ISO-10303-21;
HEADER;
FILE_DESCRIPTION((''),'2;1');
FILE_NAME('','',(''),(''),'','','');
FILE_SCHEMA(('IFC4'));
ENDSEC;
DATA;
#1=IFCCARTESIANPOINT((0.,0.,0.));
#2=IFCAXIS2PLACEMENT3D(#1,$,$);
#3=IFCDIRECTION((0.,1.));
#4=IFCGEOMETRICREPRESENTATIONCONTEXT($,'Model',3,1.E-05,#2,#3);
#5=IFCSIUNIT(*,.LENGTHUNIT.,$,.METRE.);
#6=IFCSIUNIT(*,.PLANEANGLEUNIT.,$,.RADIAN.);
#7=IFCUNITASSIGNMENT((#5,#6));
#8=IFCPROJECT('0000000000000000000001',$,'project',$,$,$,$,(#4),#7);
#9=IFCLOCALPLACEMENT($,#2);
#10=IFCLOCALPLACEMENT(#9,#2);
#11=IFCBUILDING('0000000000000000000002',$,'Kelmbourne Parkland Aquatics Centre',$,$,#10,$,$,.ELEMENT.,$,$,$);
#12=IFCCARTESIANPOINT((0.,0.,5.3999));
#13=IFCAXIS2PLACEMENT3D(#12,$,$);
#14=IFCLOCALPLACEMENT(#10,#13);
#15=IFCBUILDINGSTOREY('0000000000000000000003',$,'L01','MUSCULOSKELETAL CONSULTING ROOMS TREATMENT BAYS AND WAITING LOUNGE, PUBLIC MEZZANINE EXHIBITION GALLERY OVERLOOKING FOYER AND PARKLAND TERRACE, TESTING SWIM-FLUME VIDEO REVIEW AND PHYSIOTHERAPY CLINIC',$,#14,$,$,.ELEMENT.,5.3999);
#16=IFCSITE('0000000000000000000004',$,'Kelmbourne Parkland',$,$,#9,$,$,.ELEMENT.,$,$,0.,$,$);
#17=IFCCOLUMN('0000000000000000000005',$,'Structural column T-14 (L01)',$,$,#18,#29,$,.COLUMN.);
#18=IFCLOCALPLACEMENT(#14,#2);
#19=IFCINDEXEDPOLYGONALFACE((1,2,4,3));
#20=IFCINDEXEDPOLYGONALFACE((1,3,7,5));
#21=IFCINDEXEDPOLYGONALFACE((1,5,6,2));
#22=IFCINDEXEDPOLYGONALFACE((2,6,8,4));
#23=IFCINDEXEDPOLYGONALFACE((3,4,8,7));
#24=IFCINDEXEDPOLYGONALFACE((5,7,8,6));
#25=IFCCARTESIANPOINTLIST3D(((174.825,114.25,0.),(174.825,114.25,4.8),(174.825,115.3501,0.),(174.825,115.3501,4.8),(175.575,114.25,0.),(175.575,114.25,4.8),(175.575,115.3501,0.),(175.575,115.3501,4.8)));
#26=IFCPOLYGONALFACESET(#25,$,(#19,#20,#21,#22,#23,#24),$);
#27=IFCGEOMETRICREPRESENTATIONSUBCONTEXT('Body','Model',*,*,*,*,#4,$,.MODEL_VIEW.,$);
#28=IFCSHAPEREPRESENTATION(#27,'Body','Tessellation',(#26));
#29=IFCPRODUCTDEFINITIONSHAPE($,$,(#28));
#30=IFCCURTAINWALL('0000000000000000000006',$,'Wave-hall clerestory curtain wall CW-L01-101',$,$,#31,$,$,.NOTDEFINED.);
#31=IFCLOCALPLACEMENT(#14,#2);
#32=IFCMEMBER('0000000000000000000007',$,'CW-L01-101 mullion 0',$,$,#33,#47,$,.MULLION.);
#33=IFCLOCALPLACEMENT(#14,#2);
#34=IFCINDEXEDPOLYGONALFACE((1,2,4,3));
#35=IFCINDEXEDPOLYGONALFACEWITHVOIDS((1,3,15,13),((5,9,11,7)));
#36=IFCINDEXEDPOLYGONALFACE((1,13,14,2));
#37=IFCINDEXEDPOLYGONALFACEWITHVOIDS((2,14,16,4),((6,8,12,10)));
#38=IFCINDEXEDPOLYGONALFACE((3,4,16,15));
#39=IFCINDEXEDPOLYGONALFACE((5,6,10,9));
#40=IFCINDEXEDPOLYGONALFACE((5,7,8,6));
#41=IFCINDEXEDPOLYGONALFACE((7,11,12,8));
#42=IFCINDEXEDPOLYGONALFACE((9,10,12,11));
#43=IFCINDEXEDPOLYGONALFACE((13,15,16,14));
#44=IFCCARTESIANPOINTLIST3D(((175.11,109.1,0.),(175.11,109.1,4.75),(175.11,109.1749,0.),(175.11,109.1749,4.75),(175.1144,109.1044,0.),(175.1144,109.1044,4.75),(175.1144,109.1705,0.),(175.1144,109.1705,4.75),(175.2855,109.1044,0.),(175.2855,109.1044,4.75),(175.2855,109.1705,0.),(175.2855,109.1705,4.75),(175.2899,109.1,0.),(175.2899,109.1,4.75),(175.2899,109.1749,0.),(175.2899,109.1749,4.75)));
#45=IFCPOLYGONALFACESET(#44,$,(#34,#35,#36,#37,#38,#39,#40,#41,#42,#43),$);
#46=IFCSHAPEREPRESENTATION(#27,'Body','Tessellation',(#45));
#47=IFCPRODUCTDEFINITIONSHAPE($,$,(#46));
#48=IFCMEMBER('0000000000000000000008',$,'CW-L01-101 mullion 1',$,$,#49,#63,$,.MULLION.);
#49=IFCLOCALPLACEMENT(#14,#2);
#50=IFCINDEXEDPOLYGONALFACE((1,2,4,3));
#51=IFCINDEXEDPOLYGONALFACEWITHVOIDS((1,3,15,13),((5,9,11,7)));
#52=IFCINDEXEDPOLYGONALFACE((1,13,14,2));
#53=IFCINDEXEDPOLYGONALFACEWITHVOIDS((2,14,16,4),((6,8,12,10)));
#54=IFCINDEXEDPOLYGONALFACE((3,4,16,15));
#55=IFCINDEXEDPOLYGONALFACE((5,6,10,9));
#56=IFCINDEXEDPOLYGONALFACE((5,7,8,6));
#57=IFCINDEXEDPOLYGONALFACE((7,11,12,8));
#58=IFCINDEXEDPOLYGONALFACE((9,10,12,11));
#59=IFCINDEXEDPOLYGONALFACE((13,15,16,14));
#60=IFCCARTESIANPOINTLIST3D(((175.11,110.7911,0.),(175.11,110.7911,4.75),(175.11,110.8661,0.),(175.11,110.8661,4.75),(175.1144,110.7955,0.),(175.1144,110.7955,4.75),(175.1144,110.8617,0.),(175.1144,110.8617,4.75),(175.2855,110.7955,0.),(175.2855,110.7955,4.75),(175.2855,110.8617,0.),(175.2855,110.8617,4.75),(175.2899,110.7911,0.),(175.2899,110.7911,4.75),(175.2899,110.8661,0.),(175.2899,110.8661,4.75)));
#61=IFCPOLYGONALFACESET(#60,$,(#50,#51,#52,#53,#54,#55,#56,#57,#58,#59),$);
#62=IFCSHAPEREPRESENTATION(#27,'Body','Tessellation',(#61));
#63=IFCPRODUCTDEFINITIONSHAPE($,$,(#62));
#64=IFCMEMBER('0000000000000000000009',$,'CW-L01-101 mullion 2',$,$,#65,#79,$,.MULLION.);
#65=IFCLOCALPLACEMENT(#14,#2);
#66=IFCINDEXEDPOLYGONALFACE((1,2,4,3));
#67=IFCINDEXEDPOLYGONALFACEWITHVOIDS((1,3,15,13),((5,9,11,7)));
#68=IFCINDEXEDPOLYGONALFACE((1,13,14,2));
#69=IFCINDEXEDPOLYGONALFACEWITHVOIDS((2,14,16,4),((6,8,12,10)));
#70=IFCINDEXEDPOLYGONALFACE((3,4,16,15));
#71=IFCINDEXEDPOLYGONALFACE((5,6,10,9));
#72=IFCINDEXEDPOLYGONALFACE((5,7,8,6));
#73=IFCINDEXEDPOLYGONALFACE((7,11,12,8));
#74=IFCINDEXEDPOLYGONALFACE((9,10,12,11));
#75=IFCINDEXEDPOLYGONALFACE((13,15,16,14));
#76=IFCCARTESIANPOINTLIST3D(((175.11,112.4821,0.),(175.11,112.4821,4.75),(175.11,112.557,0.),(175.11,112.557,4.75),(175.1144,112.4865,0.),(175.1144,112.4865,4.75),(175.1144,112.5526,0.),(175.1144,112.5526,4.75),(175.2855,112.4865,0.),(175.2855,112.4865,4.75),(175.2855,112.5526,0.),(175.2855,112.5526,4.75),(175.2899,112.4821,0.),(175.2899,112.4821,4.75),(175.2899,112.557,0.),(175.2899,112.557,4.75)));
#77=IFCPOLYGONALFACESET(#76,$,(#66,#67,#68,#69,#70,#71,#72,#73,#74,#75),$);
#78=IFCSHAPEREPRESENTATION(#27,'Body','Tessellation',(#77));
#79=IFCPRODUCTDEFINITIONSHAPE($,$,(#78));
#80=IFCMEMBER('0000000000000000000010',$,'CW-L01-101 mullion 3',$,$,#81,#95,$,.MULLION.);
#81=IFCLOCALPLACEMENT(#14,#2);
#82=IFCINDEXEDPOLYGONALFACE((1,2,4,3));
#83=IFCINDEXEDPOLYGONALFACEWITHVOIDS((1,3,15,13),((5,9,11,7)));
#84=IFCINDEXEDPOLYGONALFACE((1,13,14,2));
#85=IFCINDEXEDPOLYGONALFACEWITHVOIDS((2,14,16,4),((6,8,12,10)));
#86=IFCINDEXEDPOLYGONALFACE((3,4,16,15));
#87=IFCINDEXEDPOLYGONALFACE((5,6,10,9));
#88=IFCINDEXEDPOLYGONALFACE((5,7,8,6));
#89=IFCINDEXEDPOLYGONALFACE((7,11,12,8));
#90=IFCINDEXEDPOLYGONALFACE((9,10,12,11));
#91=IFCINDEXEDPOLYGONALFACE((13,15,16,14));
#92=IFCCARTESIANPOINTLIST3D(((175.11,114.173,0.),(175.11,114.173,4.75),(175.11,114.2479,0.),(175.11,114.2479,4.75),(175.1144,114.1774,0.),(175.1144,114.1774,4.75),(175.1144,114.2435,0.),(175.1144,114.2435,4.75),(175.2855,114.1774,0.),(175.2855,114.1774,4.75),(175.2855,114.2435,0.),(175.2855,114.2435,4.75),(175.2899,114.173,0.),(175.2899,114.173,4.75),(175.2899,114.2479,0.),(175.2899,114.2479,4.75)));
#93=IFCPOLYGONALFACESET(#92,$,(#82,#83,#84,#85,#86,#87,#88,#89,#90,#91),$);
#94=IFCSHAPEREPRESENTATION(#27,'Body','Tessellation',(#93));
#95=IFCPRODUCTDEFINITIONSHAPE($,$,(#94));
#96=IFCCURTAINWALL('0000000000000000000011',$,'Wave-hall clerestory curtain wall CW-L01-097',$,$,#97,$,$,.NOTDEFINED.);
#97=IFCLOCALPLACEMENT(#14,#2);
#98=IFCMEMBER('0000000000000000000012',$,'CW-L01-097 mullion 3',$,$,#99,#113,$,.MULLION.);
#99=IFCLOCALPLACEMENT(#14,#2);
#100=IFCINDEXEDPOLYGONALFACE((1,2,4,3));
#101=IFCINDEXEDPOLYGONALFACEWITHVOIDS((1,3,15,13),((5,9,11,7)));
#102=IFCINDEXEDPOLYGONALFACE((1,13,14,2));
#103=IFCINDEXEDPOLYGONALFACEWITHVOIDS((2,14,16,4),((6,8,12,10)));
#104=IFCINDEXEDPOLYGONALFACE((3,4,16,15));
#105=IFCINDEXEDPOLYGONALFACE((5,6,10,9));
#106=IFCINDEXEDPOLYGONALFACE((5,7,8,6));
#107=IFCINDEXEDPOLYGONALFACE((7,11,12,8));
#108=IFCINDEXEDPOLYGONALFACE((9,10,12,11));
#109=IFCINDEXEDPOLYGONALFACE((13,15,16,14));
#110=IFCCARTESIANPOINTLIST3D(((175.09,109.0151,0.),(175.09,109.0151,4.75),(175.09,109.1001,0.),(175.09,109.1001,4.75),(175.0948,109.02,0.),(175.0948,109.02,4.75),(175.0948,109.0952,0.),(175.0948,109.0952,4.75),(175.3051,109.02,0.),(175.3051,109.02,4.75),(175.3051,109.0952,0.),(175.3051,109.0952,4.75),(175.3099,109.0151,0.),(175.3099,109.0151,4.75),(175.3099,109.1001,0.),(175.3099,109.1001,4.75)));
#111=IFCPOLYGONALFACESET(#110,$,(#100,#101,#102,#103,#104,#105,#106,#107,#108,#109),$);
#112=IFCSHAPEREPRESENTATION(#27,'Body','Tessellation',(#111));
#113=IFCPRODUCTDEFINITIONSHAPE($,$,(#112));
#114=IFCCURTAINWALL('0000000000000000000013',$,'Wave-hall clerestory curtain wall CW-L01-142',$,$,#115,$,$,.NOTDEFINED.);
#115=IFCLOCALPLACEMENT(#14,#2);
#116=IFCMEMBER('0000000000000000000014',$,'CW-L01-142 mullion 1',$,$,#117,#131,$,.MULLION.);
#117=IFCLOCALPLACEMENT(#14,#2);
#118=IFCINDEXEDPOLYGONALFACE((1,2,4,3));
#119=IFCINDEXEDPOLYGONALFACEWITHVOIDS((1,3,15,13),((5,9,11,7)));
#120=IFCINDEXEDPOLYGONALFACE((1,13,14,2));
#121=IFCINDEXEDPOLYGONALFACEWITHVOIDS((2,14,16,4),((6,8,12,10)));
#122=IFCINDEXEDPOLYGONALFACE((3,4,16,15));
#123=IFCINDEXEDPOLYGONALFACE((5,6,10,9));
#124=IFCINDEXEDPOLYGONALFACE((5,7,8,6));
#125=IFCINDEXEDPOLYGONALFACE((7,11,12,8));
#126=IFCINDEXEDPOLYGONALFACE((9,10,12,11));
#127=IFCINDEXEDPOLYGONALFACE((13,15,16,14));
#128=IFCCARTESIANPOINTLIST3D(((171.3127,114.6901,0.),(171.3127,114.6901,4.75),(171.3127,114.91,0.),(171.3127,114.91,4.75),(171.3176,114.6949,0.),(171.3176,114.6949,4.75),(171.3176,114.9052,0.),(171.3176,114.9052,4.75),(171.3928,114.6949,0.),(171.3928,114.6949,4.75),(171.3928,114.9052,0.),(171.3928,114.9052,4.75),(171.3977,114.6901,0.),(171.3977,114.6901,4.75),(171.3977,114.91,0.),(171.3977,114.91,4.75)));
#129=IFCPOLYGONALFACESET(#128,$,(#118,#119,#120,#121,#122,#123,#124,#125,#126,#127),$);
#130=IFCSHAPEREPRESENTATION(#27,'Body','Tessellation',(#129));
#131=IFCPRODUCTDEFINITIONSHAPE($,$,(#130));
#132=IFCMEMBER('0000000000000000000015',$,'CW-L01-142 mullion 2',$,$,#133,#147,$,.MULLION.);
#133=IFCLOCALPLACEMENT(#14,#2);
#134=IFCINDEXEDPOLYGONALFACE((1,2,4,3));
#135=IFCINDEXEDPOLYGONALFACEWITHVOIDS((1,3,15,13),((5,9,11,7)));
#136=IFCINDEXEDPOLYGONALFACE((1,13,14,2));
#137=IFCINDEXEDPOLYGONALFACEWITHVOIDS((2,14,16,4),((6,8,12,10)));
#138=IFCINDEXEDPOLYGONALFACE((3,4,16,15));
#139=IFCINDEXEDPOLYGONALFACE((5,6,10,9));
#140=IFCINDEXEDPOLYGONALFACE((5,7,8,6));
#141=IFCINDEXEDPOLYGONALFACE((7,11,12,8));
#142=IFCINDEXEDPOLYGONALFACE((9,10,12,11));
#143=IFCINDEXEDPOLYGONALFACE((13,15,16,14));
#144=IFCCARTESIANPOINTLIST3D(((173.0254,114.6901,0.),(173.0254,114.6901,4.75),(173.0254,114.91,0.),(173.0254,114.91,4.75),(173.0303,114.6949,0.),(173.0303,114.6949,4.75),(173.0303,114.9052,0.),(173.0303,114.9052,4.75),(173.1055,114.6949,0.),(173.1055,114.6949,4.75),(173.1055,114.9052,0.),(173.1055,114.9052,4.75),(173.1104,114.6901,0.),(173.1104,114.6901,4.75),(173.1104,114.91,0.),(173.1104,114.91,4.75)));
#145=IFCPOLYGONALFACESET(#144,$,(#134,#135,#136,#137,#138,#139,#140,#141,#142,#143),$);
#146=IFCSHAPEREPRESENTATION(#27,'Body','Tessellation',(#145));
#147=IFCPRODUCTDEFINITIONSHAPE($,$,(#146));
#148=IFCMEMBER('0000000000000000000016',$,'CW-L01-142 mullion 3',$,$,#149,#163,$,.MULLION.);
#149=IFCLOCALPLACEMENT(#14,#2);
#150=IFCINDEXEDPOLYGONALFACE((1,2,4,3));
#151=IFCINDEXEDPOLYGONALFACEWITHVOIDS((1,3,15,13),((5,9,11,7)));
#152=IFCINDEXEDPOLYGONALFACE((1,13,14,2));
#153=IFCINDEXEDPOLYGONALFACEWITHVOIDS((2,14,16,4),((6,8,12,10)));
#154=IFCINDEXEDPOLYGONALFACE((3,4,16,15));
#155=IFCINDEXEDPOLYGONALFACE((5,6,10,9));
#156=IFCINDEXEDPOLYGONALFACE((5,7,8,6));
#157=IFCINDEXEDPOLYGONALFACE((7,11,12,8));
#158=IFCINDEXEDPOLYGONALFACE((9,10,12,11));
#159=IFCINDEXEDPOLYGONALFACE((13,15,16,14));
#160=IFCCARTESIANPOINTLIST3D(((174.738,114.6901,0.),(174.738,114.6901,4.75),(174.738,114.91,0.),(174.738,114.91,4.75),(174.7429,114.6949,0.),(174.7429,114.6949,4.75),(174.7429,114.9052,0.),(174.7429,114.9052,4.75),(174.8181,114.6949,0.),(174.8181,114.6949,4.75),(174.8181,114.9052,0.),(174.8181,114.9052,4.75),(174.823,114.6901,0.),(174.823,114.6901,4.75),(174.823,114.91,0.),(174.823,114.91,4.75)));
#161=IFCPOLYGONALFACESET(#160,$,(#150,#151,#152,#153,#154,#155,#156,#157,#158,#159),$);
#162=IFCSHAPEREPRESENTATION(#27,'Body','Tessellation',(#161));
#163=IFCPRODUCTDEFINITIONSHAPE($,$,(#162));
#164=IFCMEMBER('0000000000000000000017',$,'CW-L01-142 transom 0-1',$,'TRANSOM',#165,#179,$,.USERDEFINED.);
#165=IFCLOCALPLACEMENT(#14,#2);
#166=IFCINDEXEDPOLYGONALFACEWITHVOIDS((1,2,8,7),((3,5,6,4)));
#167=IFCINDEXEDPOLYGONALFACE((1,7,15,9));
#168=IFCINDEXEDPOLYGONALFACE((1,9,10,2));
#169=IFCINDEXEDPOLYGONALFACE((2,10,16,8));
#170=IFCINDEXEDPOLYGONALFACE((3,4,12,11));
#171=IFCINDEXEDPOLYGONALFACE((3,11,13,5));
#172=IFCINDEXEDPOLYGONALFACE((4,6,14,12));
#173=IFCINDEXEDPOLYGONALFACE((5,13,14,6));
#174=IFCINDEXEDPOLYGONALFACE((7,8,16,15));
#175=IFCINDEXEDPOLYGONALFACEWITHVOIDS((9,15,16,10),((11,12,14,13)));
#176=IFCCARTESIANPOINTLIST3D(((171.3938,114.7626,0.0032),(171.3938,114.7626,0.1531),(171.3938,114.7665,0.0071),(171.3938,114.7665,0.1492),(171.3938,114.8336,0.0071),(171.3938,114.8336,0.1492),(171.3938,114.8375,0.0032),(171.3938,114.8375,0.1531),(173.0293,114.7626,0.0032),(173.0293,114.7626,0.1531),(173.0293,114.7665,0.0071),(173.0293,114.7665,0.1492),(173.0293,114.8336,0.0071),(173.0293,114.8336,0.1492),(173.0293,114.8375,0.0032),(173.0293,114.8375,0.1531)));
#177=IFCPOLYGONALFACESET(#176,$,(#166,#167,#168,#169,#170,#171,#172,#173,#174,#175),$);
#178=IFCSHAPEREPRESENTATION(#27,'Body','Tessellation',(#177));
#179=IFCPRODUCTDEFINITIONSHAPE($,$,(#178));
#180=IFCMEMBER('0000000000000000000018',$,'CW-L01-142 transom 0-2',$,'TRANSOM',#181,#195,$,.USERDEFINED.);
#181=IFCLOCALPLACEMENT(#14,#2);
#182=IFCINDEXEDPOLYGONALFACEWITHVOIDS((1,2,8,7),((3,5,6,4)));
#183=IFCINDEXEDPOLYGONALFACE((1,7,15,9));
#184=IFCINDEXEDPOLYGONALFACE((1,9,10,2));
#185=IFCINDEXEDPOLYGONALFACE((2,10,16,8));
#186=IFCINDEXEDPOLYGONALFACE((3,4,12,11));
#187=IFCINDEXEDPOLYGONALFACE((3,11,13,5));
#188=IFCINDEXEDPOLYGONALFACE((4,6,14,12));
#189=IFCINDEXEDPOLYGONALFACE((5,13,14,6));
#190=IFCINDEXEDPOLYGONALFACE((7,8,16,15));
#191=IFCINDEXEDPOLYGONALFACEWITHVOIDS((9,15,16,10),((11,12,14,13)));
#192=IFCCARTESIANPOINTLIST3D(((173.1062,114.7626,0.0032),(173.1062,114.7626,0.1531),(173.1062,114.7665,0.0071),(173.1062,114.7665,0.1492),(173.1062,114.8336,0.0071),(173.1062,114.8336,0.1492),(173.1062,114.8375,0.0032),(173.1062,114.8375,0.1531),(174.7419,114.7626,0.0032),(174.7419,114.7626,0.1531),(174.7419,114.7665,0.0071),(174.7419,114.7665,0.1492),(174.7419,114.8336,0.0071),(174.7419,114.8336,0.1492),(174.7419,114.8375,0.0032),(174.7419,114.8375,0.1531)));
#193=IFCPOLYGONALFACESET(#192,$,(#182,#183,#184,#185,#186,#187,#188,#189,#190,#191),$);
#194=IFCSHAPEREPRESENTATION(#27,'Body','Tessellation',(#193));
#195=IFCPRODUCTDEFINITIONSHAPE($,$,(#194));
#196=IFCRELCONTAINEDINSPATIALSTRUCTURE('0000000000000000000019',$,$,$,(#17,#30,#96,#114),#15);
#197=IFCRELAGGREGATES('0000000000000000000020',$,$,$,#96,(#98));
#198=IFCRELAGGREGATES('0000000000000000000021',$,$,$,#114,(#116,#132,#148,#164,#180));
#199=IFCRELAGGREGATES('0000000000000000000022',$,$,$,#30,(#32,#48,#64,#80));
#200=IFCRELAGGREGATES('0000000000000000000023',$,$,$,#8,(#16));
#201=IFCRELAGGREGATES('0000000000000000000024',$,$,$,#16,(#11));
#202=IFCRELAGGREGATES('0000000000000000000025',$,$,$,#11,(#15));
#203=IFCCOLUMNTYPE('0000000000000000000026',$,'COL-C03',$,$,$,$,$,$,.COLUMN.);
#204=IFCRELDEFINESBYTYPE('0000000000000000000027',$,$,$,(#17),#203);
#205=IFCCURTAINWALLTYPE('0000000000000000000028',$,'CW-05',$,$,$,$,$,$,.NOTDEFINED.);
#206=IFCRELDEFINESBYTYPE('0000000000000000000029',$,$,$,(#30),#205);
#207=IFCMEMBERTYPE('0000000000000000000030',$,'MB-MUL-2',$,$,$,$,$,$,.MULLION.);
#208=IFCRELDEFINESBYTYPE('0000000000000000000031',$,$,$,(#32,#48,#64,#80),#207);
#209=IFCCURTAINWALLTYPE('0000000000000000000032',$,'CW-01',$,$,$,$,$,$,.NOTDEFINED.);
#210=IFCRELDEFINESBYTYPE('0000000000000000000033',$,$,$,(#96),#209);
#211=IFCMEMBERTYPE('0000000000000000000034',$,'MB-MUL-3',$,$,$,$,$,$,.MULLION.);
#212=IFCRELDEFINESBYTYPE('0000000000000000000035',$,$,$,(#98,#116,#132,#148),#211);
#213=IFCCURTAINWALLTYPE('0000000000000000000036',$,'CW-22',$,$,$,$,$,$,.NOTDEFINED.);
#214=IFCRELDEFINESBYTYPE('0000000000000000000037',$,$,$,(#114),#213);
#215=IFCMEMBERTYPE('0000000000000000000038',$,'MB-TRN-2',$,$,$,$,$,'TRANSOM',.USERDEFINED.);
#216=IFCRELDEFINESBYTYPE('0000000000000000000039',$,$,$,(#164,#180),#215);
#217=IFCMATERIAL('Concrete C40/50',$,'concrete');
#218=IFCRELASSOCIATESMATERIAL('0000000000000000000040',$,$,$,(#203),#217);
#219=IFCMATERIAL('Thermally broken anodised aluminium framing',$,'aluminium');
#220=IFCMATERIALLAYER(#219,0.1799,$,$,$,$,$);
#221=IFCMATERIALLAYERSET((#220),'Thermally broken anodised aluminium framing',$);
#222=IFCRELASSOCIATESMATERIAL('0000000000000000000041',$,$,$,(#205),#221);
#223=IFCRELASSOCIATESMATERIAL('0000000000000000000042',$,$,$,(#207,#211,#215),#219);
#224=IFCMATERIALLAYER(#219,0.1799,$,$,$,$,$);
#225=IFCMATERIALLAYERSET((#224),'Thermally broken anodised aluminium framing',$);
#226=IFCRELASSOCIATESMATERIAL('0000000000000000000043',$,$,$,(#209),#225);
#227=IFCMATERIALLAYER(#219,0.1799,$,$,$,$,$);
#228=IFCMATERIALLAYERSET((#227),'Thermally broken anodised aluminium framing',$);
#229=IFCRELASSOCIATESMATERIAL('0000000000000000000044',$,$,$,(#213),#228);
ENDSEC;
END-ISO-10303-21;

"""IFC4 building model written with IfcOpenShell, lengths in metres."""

from ifc_helpers import new_model, si_unit, direction, frame, origin, origin_2d, place, context, subcontext, project, spatial, rectangle, hollow_rectangle, extrude, material, layer, layer_set, material_profile, profile_set, type_object, element, aggregate, save


model = new_model("IFC4")

# Units and contexts
model_context = context("Model", 3, precision=1e-05, world=origin(), true_north=direction((0.0, 1.0)))
body_context = subcontext(model_context, "Body", "Model", "MODEL_VIEW")
ifc_project = project(units=[si_unit("LENGTHUNIT", "METRE"), si_unit("PLANEANGLEUNIT", "RADIAN")], contexts=[model_context])

# Site, building, storey
site_placement = place(None, origin())
site = spatial("IfcSite", under=ifc_project, at=site_placement, Name="Kelmbourne Parkland", CompositionType="ELEMENT", RefElevation=0.0)
building_placement = place(site_placement, origin())
building = spatial("IfcBuilding", under=site, at=building_placement, Name="Kelmbourne Parkland Aquatics Centre", CompositionType="ELEMENT")
storey_placement = place(building_placement, frame((0.0, 0.0, 5.3999)))
storey = spatial("IfcBuildingStorey", under=building, at=storey_placement, Name="L01", Description="MUSCULOSKELETAL CONSULTING ROOMS TREATMENT BAYS AND WAITING LOUNGE, PUBLIC MEZZANINE EXHIBITION GALLERY OVERLOOKING FOYER AND PARKLAND TERRACE, TESTING SWIM-FLUME VIDEO REVIEW AND PHYSIOTHERAPY CLINIC", CompositionType="ELEMENT", Elevation=5.3999)

# Column
ifc_material_1 = material(Name="Concrete C40/50", Category="concrete")
ifc_material_profile_1 = material_profile(ifc_material_1, rectangle(XDim=0.75, YDim=1.1001, at=origin_2d()), Name="RC 750x1100")
ifc_profile_set_1 = profile_set([ifc_material_profile_1], Name="Concrete C40/50")
column_type = type_object("IfcColumnType", Name="COL-C03", PredefinedType="COLUMN", material=ifc_profile_set_1)
column_placement = place(storey_placement, frame((175.2, 114.8, 0.0), z_axis=(0.0, 0.0, 1.0), x_axis=(1.0, 0.0, 0.0)))
element("IfcColumn", 1, at=column_placement, inside=storey, type_object=column_type, Name="Structural column T-14 (L01)", PredefinedType="COLUMN", context=body_context, shape_type="SweptSolid", body=[
    extrude(rectangle(XDim=0.75, YDim=1.1001, at=origin_2d()), origin(), (0.0, 0.0, 1.0), 4.8),
])

# Curtain wall, members
ifc_material_2 = material(Name="Thermally broken anodised aluminium framing", Category="aluminium")
ifc_layer_1 = layer(ifc_material_2, 0.1799)
ifc_layer_set_1 = layer_set([ifc_layer_1], Name="Thermally broken anodised aluminium framing")
curtain_wall_type_1 = type_object("IfcCurtainWallType", Name="CW-05", PredefinedType="NOTDEFINED", material=ifc_layer_set_1)
curtain_wall_1_placement = place(storey_placement, origin())
curtain_wall_1 = element("IfcCurtainWall", 2, at=curtain_wall_1_placement, inside=storey, type_object=curtain_wall_type_1, Name="Wave-hall clerestory curtain wall CW-L01-101", PredefinedType="NOTDEFINED")
ifc_material_profile_2 = material_profile(ifc_material_2, hollow_rectangle(XDim=0.075, YDim=0.1799, WallThickness=0.0044, at=origin_2d()), Name="CW-M 75x180")
ifc_profile_set_2 = profile_set([ifc_material_profile_2], Name="Thermally broken anodised aluminium framing")
member_type_1 = type_object("IfcMemberType", Name="MB-MUL-2", PredefinedType="MULLION", material=ifc_profile_set_2)
member_1_placement = place(storey_placement, frame((175.2, 109.1375, 0.0), z_axis=(0.0, 0.0, 1.0), x_axis=(0.0, 1.0, 0.0)))
member_1 = element("IfcMember", 3, at=member_1_placement, type_object=member_type_1, Name="CW-L01-101 mullion 0", PredefinedType="MULLION", context=body_context, shape_type="SweptSolid", body=[
    extrude(hollow_rectangle(XDim=0.075, YDim=0.1799, WallThickness=0.0044, at=origin_2d()), origin(), (0.0, 0.0, 1.0), 4.75),
])
member_2_placement = place(storey_placement, frame((175.2, 110.8286, 0.0), z_axis=(0.0, 0.0, 1.0), x_axis=(0.0, 1.0, 0.0)))
member_2 = element("IfcMember", 4, at=member_2_placement, type_object=member_type_1, Name="CW-L01-101 mullion 1", PredefinedType="MULLION", context=body_context, shape_type="SweptSolid", body=[
    extrude(hollow_rectangle(XDim=0.075, YDim=0.1799, WallThickness=0.0044, at=origin_2d()), origin(), (0.0, 0.0, 1.0), 4.75),
])
member_3_placement = place(storey_placement, frame((175.2, 112.5195, 0.0), z_axis=(0.0, 0.0, 1.0), x_axis=(0.0, 1.0, 0.0)))
member_3 = element("IfcMember", 5, at=member_3_placement, type_object=member_type_1, Name="CW-L01-101 mullion 2", PredefinedType="MULLION", context=body_context, shape_type="SweptSolid", body=[
    extrude(hollow_rectangle(XDim=0.075, YDim=0.1799, WallThickness=0.0044, at=origin_2d()), origin(), (0.0, 0.0, 1.0), 4.75),
])
member_4_placement = place(storey_placement, frame((175.2, 114.2104, 0.0), z_axis=(0.0, 0.0, 1.0), x_axis=(0.0, 1.0, 0.0)))
member_4 = element("IfcMember", 6, at=member_4_placement, type_object=member_type_1, Name="CW-L01-101 mullion 3", PredefinedType="MULLION", context=body_context, shape_type="SweptSolid", body=[
    extrude(hollow_rectangle(XDim=0.075, YDim=0.1799, WallThickness=0.0044, at=origin_2d()), origin(), (0.0, 0.0, 1.0), 4.75),
])

# Curtain wall, member
ifc_layer_2 = layer(ifc_material_2, 0.1799)
ifc_layer_set_2 = layer_set([ifc_layer_2], Name="Thermally broken anodised aluminium framing")
curtain_wall_type_2 = type_object("IfcCurtainWallType", Name="CW-01", PredefinedType="NOTDEFINED", material=ifc_layer_set_2)
curtain_wall_2_placement = place(storey_placement, origin())
curtain_wall_2 = element("IfcCurtainWall", 7, at=curtain_wall_2_placement, inside=storey, type_object=curtain_wall_type_2, Name="Wave-hall clerestory curtain wall CW-L01-097", PredefinedType="NOTDEFINED")
ifc_material_profile_3 = material_profile(ifc_material_2, hollow_rectangle(XDim=0.085, YDim=0.22, WallThickness=0.0049, at=origin_2d()), Name="CW-M 85x220")
ifc_profile_set_3 = profile_set([ifc_material_profile_3], Name="Thermally broken anodised aluminium framing")
member_type_2 = type_object("IfcMemberType", Name="MB-MUL-3", PredefinedType="MULLION", material=ifc_profile_set_3)
member_5_placement = place(storey_placement, frame((175.2, 109.0576, 0.0), z_axis=(0.0, 0.0, 1.0), x_axis=(0.0, 1.0, 0.0)))
member_5 = element("IfcMember", 8, at=member_5_placement, type_object=member_type_2, Name="CW-L01-097 mullion 3", PredefinedType="MULLION", context=body_context, shape_type="SweptSolid", body=[
    extrude(hollow_rectangle(XDim=0.085, YDim=0.22, WallThickness=0.0049, at=origin_2d()), origin(), (0.0, 0.0, 1.0), 4.75),
])

# Curtain wall, members
ifc_layer_3 = layer(ifc_material_2, 0.1799)
ifc_layer_set_3 = layer_set([ifc_layer_3], Name="Thermally broken anodised aluminium framing")
curtain_wall_type_3 = type_object("IfcCurtainWallType", Name="CW-22", PredefinedType="NOTDEFINED", material=ifc_layer_set_3)
curtain_wall_3_placement = place(storey_placement, origin())
curtain_wall_3 = element("IfcCurtainWall", 9, at=curtain_wall_3_placement, inside=storey, type_object=curtain_wall_type_3, Name="Wave-hall clerestory curtain wall CW-L01-142", PredefinedType="NOTDEFINED")
member_6_placement = place(storey_placement, frame((171.3552, 114.8, 0.0), z_axis=(0.0, 0.0, 1.0), x_axis=(1.0, 0.0, 0.0)))
member_6 = element("IfcMember", 10, at=member_6_placement, type_object=member_type_2, Name="CW-L01-142 mullion 1", PredefinedType="MULLION", context=body_context, shape_type="SweptSolid", body=[
    extrude(hollow_rectangle(XDim=0.085, YDim=0.22, WallThickness=0.0049, at=origin_2d()), origin(), (0.0, 0.0, 1.0), 4.75),
])
member_7_placement = place(storey_placement, frame((173.0679, 114.8, 0.0), z_axis=(0.0, 0.0, 1.0), x_axis=(1.0, 0.0, 0.0)))
member_7 = element("IfcMember", 11, at=member_7_placement, type_object=member_type_2, Name="CW-L01-142 mullion 2", PredefinedType="MULLION", context=body_context, shape_type="SweptSolid", body=[
    extrude(hollow_rectangle(XDim=0.085, YDim=0.22, WallThickness=0.0049, at=origin_2d()), origin(), (0.0, 0.0, 1.0), 4.75),
])
member_8_placement = place(storey_placement, frame((174.7805, 114.8, 0.0), z_axis=(0.0, 0.0, 1.0), x_axis=(1.0, 0.0, 0.0)))
member_8 = element("IfcMember", 12, at=member_8_placement, type_object=member_type_2, Name="CW-L01-142 mullion 3", PredefinedType="MULLION", context=body_context, shape_type="SweptSolid", body=[
    extrude(hollow_rectangle(XDim=0.085, YDim=0.22, WallThickness=0.0049, at=origin_2d()), origin(), (0.0, 0.0, 1.0), 4.75),
])
ifc_material_profile_4 = material_profile(ifc_material_2, hollow_rectangle(XDim=0.075, YDim=0.1499, WallThickness=0.0039, at=origin_2d()), Name="CW-T 75x150")
ifc_profile_set_4 = profile_set([ifc_material_profile_4], Name="Thermally broken anodised aluminium framing")
member_type_3 = type_object("IfcMemberType", Name="MB-TRN-2", ElementType="TRANSOM", PredefinedType="USERDEFINED", material=ifc_profile_set_4)
member_9_placement = place(storey_placement, frame((171.3938, 114.8, 0.0781), z_axis=(1.0, 0.0, 0.0), x_axis=(0.0, 1.0, 0.0)))
member_9 = element("IfcMember", 13, at=member_9_placement, type_object=member_type_3, Name="CW-L01-142 transom 0-1", ObjectType="TRANSOM", PredefinedType="USERDEFINED", context=body_context, shape_type="SweptSolid", body=[
    extrude(hollow_rectangle(XDim=0.075, YDim=0.1499, WallThickness=0.0039, at=origin_2d()), origin(), (0.0, 0.0, 1.0), 1.6355),
])
member_10_placement = place(storey_placement, frame((173.1062, 114.8, 0.0781), z_axis=(1.0, 0.0, 0.0), x_axis=(0.0, 1.0, 0.0)))
member_10 = element("IfcMember", 14, at=member_10_placement, type_object=member_type_3, Name="CW-L01-142 transom 0-2", ObjectType="TRANSOM", PredefinedType="USERDEFINED", context=body_context, shape_type="SweptSolid", body=[
    extrude(hollow_rectangle(XDim=0.075, YDim=0.1499, WallThickness=0.0039, at=origin_2d()), origin(), (0.0, 0.0, 1.0), 1.6357),
])

aggregate(curtain_wall_2, [member_5])
aggregate(curtain_wall_3, [member_6, member_7, member_8, member_9, member_10])
aggregate(curtain_wall_1, [member_1, member_2, member_3, member_4])

save(model, "model.ifc")
